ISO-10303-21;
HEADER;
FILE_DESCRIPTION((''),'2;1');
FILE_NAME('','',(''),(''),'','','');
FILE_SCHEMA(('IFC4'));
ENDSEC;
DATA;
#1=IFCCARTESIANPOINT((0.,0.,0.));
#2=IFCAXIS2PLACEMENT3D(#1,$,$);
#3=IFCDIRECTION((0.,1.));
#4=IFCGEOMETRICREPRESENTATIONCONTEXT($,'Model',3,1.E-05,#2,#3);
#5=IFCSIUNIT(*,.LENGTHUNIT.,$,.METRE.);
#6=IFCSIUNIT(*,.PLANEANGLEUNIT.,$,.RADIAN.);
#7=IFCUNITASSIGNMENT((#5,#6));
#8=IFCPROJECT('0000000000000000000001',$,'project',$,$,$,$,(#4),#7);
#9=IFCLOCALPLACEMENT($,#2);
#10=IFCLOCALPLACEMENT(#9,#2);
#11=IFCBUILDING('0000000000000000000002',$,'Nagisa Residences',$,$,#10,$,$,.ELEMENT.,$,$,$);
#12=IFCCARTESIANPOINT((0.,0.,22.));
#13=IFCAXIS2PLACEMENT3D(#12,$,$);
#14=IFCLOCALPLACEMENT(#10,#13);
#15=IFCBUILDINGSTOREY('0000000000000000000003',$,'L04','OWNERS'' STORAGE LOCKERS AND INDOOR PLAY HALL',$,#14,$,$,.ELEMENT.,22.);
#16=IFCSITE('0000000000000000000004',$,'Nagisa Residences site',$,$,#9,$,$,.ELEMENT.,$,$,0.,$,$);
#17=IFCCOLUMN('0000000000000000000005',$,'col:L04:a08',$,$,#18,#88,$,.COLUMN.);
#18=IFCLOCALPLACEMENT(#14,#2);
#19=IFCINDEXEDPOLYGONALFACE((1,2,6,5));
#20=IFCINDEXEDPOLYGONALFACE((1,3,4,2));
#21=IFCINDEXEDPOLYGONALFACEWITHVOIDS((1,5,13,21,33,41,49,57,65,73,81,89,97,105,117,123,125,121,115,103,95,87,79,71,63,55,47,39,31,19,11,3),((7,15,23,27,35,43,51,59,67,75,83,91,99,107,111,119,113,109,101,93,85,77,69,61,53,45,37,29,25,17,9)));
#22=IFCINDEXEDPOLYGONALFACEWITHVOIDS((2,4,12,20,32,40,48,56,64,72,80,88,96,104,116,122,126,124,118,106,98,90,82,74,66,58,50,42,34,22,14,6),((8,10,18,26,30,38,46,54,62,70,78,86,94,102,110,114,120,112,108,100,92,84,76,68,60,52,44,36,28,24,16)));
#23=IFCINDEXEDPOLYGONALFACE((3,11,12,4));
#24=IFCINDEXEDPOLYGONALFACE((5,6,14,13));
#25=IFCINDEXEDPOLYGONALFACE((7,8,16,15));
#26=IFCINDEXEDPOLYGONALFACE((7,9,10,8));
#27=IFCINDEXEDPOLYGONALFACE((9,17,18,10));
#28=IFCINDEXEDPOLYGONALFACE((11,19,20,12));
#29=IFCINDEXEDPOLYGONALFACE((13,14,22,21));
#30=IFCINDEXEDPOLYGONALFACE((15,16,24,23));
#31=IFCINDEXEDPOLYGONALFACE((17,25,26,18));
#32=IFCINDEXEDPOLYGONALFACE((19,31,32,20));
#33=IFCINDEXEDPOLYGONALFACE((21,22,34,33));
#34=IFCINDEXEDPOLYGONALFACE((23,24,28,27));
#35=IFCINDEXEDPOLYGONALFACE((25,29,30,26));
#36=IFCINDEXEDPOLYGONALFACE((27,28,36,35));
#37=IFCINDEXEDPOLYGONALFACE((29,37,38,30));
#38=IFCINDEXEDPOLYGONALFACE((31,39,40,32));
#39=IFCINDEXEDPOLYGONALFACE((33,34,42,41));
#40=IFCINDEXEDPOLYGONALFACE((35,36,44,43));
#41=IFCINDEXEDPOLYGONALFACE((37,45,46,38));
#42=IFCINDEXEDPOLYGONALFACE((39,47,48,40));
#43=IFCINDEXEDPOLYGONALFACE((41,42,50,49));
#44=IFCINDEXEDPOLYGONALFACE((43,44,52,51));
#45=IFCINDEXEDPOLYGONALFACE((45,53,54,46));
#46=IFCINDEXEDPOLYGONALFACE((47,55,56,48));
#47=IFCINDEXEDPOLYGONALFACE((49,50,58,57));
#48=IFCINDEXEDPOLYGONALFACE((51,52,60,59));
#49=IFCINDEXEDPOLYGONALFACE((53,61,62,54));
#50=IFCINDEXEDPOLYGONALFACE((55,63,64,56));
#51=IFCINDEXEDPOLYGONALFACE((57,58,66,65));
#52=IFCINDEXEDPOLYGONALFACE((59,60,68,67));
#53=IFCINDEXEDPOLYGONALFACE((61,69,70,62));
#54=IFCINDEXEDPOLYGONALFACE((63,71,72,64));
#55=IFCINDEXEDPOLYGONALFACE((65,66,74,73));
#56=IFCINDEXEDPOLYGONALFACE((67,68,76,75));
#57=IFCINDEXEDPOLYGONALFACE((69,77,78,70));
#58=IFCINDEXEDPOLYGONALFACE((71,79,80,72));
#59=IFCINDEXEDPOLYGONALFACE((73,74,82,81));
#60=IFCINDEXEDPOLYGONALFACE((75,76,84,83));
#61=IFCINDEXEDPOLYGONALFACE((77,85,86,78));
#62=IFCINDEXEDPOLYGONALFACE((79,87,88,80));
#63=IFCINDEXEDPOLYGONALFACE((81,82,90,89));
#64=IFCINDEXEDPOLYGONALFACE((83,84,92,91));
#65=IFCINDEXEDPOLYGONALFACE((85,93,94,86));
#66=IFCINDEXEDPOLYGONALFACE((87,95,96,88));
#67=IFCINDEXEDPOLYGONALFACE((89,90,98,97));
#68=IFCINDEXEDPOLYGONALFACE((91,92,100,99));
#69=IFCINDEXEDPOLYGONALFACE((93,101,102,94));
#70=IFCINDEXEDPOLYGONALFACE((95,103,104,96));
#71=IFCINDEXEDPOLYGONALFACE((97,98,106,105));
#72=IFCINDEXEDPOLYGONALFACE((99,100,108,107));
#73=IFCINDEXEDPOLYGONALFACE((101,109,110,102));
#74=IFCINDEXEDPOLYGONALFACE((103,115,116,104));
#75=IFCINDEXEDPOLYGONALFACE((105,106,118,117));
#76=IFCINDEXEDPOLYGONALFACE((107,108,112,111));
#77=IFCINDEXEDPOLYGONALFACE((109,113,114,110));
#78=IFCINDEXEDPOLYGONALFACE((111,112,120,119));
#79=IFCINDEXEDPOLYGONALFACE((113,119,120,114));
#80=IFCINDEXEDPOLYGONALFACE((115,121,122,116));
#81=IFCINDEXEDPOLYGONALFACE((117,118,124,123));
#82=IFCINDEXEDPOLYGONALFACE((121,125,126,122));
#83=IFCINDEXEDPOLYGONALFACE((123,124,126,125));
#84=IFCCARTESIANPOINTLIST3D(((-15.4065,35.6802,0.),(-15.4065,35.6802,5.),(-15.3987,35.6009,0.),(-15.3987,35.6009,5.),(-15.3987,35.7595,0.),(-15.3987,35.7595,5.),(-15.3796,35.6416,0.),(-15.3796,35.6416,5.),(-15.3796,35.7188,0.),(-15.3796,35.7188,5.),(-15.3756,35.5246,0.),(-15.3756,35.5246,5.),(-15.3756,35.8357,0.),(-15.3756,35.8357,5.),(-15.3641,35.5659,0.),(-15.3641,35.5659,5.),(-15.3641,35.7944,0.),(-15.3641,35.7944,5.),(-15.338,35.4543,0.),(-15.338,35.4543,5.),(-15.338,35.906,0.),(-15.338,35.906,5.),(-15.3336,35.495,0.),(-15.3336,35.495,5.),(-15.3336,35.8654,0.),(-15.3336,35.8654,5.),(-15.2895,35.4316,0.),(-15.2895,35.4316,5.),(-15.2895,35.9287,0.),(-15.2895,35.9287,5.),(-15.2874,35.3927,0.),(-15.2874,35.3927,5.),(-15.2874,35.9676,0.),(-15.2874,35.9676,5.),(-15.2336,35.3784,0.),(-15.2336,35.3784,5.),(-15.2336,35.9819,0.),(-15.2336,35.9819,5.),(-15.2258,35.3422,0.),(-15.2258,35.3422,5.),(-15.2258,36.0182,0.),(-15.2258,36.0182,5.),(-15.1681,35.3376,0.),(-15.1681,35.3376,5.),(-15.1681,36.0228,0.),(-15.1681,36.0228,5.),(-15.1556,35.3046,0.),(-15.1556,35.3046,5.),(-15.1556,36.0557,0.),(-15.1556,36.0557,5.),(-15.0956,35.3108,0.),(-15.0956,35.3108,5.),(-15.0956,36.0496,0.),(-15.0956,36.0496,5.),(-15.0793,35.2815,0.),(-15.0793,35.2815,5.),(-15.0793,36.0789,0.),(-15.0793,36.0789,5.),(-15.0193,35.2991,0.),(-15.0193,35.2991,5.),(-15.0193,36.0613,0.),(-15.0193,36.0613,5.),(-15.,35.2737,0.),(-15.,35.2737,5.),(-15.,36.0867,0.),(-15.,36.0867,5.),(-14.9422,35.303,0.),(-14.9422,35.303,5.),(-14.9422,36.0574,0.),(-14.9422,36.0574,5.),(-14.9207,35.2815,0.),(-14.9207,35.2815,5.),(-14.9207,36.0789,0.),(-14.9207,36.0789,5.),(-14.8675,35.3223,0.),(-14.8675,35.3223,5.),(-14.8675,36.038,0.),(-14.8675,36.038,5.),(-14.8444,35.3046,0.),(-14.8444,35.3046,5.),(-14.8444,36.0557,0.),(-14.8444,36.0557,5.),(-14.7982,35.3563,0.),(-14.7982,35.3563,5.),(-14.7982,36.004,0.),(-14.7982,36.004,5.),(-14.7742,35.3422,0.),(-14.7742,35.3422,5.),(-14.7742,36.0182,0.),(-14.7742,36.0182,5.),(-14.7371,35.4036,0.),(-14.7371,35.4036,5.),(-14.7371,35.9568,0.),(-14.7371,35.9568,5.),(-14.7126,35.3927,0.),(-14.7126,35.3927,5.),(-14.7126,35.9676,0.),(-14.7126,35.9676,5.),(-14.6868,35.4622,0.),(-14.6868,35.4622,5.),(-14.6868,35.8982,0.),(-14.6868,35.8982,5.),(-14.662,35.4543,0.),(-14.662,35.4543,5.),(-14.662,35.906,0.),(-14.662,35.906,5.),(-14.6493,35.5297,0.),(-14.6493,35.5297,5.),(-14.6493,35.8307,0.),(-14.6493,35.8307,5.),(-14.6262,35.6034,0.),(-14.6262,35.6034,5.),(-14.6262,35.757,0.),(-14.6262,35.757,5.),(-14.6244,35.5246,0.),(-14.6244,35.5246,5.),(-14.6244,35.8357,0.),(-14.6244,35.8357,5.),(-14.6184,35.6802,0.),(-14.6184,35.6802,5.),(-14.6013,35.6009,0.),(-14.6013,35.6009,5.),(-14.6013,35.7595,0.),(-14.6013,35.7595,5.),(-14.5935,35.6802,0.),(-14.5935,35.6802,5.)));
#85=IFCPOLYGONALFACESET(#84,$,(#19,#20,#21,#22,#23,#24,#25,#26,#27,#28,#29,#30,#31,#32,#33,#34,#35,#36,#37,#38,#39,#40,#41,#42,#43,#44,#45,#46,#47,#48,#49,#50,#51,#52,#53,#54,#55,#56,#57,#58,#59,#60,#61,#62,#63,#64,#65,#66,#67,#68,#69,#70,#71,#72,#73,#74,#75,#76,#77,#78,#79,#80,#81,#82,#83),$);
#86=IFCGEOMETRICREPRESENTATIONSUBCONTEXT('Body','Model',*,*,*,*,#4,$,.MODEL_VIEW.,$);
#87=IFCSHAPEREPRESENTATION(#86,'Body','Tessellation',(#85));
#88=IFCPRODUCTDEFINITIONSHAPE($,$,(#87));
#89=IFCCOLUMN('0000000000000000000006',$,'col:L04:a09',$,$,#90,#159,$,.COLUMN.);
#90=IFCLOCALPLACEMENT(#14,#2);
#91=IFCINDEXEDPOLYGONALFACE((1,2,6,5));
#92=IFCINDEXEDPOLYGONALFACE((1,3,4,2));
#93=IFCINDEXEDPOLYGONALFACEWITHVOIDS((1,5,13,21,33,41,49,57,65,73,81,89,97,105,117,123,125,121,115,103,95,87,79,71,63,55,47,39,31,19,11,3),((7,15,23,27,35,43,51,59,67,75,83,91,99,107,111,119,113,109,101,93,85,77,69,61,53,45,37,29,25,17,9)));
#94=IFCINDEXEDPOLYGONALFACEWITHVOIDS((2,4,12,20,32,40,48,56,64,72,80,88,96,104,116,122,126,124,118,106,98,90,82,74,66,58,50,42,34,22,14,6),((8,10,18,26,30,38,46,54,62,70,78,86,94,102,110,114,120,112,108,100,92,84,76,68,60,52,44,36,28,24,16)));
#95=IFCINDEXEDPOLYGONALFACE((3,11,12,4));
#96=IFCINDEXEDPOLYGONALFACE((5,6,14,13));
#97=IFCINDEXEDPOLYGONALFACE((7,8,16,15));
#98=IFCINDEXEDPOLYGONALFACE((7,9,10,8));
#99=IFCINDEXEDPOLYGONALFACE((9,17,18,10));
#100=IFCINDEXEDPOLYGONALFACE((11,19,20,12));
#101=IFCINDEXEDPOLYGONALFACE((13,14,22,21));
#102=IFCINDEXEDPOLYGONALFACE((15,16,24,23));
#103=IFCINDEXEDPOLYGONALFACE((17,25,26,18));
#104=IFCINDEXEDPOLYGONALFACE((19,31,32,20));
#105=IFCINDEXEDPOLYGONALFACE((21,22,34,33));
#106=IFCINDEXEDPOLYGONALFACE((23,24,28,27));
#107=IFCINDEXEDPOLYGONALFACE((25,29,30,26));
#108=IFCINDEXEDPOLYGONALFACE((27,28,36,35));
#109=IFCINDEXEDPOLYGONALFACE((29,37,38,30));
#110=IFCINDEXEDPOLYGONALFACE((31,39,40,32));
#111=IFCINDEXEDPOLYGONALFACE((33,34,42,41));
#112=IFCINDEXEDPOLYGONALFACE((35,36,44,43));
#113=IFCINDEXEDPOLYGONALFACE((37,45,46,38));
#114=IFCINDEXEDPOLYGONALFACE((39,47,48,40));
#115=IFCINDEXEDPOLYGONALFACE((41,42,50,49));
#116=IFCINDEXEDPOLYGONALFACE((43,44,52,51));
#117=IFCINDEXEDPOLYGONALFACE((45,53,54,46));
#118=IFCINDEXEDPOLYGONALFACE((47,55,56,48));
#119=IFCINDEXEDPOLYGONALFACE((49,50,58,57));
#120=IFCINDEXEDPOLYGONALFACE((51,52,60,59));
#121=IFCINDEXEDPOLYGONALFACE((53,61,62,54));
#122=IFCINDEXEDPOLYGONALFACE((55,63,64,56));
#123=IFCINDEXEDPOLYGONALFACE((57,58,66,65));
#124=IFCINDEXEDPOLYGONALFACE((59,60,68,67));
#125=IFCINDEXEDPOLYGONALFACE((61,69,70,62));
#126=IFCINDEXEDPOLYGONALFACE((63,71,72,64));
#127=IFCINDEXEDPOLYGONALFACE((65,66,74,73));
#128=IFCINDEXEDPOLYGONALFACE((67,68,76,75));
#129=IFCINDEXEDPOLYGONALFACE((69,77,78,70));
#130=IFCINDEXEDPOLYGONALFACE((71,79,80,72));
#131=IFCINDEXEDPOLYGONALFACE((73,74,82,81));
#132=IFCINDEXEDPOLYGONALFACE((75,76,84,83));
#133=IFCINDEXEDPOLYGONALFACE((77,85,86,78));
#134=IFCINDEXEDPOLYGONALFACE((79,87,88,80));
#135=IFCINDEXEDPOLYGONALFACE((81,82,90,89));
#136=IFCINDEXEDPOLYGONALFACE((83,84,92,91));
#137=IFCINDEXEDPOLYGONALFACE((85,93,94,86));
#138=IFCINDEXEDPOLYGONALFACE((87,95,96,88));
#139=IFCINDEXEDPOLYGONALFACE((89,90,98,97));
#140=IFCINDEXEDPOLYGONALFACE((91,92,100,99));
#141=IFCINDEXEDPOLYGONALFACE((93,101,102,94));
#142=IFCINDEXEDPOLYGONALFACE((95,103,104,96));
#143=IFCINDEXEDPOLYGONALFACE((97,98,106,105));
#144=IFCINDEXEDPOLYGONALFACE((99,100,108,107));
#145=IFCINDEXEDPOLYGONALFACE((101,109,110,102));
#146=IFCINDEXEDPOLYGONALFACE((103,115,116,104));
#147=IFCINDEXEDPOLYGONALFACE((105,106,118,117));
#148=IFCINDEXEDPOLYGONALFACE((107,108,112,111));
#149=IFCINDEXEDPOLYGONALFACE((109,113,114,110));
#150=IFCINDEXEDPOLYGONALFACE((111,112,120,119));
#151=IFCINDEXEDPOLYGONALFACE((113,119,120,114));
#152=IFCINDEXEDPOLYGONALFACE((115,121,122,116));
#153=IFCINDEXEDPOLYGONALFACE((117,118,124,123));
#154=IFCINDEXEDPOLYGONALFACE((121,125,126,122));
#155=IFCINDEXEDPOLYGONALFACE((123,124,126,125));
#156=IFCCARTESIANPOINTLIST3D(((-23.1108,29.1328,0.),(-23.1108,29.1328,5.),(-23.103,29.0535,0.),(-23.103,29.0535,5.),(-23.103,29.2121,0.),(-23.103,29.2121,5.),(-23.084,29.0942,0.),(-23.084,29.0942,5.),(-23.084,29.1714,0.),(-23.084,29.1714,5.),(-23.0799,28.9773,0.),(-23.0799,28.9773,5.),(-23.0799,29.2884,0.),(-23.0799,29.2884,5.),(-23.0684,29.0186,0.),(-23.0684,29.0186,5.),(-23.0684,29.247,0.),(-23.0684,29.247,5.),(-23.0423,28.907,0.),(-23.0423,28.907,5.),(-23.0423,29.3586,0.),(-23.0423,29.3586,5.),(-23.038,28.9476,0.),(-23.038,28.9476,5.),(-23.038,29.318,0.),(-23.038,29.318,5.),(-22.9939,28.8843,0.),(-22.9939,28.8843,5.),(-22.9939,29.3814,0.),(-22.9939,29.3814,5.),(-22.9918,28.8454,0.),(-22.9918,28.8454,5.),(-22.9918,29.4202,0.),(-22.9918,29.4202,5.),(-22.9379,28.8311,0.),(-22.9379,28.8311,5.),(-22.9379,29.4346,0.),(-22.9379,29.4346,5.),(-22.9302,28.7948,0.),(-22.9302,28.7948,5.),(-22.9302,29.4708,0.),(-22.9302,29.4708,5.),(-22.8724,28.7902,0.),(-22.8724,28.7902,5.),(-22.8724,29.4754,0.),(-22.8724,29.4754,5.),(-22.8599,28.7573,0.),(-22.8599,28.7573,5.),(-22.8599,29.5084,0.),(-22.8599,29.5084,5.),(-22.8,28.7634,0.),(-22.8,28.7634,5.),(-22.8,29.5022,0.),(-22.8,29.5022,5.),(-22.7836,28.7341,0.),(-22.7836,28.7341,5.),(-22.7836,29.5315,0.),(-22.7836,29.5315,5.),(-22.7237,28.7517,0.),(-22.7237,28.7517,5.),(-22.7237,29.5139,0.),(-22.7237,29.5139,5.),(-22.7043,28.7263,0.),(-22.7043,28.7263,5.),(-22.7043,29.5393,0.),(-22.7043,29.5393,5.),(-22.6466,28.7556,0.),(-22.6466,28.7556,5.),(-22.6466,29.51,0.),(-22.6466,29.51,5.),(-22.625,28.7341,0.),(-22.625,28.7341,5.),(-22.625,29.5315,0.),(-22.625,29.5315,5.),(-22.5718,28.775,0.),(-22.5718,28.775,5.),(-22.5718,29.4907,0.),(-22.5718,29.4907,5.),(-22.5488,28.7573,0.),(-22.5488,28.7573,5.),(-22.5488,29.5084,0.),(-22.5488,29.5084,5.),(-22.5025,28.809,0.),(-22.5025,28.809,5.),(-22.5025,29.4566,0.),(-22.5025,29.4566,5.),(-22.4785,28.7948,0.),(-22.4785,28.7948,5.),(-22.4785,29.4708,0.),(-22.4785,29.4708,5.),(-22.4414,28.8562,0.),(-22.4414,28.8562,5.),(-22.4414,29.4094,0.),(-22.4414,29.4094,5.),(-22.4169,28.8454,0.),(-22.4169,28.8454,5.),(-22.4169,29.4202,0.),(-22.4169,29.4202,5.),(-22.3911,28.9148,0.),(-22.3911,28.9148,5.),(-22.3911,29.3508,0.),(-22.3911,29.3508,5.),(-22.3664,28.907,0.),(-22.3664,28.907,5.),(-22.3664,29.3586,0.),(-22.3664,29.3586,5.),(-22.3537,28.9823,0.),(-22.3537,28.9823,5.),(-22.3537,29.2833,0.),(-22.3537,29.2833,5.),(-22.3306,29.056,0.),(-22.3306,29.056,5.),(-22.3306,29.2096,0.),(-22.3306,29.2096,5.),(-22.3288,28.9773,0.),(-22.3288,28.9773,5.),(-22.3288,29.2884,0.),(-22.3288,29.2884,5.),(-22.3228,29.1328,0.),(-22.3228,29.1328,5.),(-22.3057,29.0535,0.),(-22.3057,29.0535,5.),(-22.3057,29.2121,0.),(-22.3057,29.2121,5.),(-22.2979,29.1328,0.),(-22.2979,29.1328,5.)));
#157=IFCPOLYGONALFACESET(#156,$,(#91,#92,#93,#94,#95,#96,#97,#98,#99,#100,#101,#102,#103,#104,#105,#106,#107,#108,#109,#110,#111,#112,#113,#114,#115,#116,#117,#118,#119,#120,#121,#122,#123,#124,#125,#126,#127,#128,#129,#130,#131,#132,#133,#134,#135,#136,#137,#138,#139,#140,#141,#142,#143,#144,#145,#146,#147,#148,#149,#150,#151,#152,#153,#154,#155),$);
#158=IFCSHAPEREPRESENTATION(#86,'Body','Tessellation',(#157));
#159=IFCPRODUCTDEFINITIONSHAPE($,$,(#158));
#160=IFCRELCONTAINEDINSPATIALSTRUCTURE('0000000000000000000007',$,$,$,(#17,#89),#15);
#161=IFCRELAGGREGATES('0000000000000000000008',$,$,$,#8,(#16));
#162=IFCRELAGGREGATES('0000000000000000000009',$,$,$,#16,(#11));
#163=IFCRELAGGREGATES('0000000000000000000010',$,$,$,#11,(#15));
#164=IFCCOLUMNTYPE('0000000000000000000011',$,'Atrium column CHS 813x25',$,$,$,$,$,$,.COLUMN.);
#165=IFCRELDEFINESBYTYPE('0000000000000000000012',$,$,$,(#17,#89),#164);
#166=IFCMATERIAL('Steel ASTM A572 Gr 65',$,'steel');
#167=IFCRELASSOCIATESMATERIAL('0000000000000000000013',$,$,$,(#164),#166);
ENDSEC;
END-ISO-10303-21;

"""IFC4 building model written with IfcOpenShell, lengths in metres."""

from ifc_helpers import new_model, si_unit, direction, frame, origin, origin_2d, place, context, subcontext, project, spatial, hollow_circle, extrude, material, material_profile, profile_set, type_object, element, save


model = new_model("IFC4")

# Units and contexts
model_context = context("Model", 3, precision=1e-05, world=origin(), true_north=direction((0.0, 1.0)))
body_context = subcontext(model_context, "Body", "Model", "MODEL_VIEW")
ifc_project = project(units=[si_unit("LENGTHUNIT", "METRE"), si_unit("PLANEANGLEUNIT", "RADIAN")], contexts=[model_context])

# Site, building, storey
site_placement = place(None, origin())
site = spatial("IfcSite", under=ifc_project, at=site_placement, Name="Nagisa Residences site", CompositionType="ELEMENT", RefElevation=0.0)
building_placement = place(site_placement, origin())
building = spatial("IfcBuilding", under=site, at=building_placement, Name="Nagisa Residences", CompositionType="ELEMENT")
storey_placement = place(building_placement, frame((0.0, 0.0, 22.0)))
storey = spatial("IfcBuildingStorey", under=building, at=storey_placement, Name="L04", Description="OWNERS' STORAGE LOCKERS AND INDOOR PLAY HALL", CompositionType="ELEMENT", Elevation=22.0)

# Columns
ifc_material_1 = material(Name="Steel ASTM A572 Gr 65", Category="steel")
ifc_material_profile_1 = material_profile(ifc_material_1, hollow_circle(Radius=0.4065, WallThickness=0.0249, at=origin_2d()), Name="CHS 813x25")
ifc_profile_set_1 = profile_set([ifc_material_profile_1], Name="Steel ASTM A572 Gr 65")
column_type_1 = type_object("IfcColumnType", Name="Atrium column CHS 813x25", PredefinedType="COLUMN", material=ifc_profile_set_1)
for number, where, z_axis, x_axis, name in (
    (1, (-15.0, 35.6802, 0.0), (0.0, 0.0, 1.0), (1.0, 0.0, 0.0), "col:L04:a08"),
    (2, (-22.7043, 29.1328, 0.0), (0.0, 0.0, 1.0), (1.0, 0.0, 0.0), "col:L04:a09"),
):
    element("IfcColumn", number, at=place(storey_placement, frame(where, z_axis=z_axis, x_axis=x_axis)), inside=storey, type_object=column_type_1, Name=name, PredefinedType="COLUMN", context=body_context, shape_type="SweptSolid", body=[
        extrude(hollow_circle(Radius=0.4065, WallThickness=0.0249, at=origin_2d()), origin(), (0.0, 0.0, 1.0), 5.0),
    ])

save(model, "model.ifc")
